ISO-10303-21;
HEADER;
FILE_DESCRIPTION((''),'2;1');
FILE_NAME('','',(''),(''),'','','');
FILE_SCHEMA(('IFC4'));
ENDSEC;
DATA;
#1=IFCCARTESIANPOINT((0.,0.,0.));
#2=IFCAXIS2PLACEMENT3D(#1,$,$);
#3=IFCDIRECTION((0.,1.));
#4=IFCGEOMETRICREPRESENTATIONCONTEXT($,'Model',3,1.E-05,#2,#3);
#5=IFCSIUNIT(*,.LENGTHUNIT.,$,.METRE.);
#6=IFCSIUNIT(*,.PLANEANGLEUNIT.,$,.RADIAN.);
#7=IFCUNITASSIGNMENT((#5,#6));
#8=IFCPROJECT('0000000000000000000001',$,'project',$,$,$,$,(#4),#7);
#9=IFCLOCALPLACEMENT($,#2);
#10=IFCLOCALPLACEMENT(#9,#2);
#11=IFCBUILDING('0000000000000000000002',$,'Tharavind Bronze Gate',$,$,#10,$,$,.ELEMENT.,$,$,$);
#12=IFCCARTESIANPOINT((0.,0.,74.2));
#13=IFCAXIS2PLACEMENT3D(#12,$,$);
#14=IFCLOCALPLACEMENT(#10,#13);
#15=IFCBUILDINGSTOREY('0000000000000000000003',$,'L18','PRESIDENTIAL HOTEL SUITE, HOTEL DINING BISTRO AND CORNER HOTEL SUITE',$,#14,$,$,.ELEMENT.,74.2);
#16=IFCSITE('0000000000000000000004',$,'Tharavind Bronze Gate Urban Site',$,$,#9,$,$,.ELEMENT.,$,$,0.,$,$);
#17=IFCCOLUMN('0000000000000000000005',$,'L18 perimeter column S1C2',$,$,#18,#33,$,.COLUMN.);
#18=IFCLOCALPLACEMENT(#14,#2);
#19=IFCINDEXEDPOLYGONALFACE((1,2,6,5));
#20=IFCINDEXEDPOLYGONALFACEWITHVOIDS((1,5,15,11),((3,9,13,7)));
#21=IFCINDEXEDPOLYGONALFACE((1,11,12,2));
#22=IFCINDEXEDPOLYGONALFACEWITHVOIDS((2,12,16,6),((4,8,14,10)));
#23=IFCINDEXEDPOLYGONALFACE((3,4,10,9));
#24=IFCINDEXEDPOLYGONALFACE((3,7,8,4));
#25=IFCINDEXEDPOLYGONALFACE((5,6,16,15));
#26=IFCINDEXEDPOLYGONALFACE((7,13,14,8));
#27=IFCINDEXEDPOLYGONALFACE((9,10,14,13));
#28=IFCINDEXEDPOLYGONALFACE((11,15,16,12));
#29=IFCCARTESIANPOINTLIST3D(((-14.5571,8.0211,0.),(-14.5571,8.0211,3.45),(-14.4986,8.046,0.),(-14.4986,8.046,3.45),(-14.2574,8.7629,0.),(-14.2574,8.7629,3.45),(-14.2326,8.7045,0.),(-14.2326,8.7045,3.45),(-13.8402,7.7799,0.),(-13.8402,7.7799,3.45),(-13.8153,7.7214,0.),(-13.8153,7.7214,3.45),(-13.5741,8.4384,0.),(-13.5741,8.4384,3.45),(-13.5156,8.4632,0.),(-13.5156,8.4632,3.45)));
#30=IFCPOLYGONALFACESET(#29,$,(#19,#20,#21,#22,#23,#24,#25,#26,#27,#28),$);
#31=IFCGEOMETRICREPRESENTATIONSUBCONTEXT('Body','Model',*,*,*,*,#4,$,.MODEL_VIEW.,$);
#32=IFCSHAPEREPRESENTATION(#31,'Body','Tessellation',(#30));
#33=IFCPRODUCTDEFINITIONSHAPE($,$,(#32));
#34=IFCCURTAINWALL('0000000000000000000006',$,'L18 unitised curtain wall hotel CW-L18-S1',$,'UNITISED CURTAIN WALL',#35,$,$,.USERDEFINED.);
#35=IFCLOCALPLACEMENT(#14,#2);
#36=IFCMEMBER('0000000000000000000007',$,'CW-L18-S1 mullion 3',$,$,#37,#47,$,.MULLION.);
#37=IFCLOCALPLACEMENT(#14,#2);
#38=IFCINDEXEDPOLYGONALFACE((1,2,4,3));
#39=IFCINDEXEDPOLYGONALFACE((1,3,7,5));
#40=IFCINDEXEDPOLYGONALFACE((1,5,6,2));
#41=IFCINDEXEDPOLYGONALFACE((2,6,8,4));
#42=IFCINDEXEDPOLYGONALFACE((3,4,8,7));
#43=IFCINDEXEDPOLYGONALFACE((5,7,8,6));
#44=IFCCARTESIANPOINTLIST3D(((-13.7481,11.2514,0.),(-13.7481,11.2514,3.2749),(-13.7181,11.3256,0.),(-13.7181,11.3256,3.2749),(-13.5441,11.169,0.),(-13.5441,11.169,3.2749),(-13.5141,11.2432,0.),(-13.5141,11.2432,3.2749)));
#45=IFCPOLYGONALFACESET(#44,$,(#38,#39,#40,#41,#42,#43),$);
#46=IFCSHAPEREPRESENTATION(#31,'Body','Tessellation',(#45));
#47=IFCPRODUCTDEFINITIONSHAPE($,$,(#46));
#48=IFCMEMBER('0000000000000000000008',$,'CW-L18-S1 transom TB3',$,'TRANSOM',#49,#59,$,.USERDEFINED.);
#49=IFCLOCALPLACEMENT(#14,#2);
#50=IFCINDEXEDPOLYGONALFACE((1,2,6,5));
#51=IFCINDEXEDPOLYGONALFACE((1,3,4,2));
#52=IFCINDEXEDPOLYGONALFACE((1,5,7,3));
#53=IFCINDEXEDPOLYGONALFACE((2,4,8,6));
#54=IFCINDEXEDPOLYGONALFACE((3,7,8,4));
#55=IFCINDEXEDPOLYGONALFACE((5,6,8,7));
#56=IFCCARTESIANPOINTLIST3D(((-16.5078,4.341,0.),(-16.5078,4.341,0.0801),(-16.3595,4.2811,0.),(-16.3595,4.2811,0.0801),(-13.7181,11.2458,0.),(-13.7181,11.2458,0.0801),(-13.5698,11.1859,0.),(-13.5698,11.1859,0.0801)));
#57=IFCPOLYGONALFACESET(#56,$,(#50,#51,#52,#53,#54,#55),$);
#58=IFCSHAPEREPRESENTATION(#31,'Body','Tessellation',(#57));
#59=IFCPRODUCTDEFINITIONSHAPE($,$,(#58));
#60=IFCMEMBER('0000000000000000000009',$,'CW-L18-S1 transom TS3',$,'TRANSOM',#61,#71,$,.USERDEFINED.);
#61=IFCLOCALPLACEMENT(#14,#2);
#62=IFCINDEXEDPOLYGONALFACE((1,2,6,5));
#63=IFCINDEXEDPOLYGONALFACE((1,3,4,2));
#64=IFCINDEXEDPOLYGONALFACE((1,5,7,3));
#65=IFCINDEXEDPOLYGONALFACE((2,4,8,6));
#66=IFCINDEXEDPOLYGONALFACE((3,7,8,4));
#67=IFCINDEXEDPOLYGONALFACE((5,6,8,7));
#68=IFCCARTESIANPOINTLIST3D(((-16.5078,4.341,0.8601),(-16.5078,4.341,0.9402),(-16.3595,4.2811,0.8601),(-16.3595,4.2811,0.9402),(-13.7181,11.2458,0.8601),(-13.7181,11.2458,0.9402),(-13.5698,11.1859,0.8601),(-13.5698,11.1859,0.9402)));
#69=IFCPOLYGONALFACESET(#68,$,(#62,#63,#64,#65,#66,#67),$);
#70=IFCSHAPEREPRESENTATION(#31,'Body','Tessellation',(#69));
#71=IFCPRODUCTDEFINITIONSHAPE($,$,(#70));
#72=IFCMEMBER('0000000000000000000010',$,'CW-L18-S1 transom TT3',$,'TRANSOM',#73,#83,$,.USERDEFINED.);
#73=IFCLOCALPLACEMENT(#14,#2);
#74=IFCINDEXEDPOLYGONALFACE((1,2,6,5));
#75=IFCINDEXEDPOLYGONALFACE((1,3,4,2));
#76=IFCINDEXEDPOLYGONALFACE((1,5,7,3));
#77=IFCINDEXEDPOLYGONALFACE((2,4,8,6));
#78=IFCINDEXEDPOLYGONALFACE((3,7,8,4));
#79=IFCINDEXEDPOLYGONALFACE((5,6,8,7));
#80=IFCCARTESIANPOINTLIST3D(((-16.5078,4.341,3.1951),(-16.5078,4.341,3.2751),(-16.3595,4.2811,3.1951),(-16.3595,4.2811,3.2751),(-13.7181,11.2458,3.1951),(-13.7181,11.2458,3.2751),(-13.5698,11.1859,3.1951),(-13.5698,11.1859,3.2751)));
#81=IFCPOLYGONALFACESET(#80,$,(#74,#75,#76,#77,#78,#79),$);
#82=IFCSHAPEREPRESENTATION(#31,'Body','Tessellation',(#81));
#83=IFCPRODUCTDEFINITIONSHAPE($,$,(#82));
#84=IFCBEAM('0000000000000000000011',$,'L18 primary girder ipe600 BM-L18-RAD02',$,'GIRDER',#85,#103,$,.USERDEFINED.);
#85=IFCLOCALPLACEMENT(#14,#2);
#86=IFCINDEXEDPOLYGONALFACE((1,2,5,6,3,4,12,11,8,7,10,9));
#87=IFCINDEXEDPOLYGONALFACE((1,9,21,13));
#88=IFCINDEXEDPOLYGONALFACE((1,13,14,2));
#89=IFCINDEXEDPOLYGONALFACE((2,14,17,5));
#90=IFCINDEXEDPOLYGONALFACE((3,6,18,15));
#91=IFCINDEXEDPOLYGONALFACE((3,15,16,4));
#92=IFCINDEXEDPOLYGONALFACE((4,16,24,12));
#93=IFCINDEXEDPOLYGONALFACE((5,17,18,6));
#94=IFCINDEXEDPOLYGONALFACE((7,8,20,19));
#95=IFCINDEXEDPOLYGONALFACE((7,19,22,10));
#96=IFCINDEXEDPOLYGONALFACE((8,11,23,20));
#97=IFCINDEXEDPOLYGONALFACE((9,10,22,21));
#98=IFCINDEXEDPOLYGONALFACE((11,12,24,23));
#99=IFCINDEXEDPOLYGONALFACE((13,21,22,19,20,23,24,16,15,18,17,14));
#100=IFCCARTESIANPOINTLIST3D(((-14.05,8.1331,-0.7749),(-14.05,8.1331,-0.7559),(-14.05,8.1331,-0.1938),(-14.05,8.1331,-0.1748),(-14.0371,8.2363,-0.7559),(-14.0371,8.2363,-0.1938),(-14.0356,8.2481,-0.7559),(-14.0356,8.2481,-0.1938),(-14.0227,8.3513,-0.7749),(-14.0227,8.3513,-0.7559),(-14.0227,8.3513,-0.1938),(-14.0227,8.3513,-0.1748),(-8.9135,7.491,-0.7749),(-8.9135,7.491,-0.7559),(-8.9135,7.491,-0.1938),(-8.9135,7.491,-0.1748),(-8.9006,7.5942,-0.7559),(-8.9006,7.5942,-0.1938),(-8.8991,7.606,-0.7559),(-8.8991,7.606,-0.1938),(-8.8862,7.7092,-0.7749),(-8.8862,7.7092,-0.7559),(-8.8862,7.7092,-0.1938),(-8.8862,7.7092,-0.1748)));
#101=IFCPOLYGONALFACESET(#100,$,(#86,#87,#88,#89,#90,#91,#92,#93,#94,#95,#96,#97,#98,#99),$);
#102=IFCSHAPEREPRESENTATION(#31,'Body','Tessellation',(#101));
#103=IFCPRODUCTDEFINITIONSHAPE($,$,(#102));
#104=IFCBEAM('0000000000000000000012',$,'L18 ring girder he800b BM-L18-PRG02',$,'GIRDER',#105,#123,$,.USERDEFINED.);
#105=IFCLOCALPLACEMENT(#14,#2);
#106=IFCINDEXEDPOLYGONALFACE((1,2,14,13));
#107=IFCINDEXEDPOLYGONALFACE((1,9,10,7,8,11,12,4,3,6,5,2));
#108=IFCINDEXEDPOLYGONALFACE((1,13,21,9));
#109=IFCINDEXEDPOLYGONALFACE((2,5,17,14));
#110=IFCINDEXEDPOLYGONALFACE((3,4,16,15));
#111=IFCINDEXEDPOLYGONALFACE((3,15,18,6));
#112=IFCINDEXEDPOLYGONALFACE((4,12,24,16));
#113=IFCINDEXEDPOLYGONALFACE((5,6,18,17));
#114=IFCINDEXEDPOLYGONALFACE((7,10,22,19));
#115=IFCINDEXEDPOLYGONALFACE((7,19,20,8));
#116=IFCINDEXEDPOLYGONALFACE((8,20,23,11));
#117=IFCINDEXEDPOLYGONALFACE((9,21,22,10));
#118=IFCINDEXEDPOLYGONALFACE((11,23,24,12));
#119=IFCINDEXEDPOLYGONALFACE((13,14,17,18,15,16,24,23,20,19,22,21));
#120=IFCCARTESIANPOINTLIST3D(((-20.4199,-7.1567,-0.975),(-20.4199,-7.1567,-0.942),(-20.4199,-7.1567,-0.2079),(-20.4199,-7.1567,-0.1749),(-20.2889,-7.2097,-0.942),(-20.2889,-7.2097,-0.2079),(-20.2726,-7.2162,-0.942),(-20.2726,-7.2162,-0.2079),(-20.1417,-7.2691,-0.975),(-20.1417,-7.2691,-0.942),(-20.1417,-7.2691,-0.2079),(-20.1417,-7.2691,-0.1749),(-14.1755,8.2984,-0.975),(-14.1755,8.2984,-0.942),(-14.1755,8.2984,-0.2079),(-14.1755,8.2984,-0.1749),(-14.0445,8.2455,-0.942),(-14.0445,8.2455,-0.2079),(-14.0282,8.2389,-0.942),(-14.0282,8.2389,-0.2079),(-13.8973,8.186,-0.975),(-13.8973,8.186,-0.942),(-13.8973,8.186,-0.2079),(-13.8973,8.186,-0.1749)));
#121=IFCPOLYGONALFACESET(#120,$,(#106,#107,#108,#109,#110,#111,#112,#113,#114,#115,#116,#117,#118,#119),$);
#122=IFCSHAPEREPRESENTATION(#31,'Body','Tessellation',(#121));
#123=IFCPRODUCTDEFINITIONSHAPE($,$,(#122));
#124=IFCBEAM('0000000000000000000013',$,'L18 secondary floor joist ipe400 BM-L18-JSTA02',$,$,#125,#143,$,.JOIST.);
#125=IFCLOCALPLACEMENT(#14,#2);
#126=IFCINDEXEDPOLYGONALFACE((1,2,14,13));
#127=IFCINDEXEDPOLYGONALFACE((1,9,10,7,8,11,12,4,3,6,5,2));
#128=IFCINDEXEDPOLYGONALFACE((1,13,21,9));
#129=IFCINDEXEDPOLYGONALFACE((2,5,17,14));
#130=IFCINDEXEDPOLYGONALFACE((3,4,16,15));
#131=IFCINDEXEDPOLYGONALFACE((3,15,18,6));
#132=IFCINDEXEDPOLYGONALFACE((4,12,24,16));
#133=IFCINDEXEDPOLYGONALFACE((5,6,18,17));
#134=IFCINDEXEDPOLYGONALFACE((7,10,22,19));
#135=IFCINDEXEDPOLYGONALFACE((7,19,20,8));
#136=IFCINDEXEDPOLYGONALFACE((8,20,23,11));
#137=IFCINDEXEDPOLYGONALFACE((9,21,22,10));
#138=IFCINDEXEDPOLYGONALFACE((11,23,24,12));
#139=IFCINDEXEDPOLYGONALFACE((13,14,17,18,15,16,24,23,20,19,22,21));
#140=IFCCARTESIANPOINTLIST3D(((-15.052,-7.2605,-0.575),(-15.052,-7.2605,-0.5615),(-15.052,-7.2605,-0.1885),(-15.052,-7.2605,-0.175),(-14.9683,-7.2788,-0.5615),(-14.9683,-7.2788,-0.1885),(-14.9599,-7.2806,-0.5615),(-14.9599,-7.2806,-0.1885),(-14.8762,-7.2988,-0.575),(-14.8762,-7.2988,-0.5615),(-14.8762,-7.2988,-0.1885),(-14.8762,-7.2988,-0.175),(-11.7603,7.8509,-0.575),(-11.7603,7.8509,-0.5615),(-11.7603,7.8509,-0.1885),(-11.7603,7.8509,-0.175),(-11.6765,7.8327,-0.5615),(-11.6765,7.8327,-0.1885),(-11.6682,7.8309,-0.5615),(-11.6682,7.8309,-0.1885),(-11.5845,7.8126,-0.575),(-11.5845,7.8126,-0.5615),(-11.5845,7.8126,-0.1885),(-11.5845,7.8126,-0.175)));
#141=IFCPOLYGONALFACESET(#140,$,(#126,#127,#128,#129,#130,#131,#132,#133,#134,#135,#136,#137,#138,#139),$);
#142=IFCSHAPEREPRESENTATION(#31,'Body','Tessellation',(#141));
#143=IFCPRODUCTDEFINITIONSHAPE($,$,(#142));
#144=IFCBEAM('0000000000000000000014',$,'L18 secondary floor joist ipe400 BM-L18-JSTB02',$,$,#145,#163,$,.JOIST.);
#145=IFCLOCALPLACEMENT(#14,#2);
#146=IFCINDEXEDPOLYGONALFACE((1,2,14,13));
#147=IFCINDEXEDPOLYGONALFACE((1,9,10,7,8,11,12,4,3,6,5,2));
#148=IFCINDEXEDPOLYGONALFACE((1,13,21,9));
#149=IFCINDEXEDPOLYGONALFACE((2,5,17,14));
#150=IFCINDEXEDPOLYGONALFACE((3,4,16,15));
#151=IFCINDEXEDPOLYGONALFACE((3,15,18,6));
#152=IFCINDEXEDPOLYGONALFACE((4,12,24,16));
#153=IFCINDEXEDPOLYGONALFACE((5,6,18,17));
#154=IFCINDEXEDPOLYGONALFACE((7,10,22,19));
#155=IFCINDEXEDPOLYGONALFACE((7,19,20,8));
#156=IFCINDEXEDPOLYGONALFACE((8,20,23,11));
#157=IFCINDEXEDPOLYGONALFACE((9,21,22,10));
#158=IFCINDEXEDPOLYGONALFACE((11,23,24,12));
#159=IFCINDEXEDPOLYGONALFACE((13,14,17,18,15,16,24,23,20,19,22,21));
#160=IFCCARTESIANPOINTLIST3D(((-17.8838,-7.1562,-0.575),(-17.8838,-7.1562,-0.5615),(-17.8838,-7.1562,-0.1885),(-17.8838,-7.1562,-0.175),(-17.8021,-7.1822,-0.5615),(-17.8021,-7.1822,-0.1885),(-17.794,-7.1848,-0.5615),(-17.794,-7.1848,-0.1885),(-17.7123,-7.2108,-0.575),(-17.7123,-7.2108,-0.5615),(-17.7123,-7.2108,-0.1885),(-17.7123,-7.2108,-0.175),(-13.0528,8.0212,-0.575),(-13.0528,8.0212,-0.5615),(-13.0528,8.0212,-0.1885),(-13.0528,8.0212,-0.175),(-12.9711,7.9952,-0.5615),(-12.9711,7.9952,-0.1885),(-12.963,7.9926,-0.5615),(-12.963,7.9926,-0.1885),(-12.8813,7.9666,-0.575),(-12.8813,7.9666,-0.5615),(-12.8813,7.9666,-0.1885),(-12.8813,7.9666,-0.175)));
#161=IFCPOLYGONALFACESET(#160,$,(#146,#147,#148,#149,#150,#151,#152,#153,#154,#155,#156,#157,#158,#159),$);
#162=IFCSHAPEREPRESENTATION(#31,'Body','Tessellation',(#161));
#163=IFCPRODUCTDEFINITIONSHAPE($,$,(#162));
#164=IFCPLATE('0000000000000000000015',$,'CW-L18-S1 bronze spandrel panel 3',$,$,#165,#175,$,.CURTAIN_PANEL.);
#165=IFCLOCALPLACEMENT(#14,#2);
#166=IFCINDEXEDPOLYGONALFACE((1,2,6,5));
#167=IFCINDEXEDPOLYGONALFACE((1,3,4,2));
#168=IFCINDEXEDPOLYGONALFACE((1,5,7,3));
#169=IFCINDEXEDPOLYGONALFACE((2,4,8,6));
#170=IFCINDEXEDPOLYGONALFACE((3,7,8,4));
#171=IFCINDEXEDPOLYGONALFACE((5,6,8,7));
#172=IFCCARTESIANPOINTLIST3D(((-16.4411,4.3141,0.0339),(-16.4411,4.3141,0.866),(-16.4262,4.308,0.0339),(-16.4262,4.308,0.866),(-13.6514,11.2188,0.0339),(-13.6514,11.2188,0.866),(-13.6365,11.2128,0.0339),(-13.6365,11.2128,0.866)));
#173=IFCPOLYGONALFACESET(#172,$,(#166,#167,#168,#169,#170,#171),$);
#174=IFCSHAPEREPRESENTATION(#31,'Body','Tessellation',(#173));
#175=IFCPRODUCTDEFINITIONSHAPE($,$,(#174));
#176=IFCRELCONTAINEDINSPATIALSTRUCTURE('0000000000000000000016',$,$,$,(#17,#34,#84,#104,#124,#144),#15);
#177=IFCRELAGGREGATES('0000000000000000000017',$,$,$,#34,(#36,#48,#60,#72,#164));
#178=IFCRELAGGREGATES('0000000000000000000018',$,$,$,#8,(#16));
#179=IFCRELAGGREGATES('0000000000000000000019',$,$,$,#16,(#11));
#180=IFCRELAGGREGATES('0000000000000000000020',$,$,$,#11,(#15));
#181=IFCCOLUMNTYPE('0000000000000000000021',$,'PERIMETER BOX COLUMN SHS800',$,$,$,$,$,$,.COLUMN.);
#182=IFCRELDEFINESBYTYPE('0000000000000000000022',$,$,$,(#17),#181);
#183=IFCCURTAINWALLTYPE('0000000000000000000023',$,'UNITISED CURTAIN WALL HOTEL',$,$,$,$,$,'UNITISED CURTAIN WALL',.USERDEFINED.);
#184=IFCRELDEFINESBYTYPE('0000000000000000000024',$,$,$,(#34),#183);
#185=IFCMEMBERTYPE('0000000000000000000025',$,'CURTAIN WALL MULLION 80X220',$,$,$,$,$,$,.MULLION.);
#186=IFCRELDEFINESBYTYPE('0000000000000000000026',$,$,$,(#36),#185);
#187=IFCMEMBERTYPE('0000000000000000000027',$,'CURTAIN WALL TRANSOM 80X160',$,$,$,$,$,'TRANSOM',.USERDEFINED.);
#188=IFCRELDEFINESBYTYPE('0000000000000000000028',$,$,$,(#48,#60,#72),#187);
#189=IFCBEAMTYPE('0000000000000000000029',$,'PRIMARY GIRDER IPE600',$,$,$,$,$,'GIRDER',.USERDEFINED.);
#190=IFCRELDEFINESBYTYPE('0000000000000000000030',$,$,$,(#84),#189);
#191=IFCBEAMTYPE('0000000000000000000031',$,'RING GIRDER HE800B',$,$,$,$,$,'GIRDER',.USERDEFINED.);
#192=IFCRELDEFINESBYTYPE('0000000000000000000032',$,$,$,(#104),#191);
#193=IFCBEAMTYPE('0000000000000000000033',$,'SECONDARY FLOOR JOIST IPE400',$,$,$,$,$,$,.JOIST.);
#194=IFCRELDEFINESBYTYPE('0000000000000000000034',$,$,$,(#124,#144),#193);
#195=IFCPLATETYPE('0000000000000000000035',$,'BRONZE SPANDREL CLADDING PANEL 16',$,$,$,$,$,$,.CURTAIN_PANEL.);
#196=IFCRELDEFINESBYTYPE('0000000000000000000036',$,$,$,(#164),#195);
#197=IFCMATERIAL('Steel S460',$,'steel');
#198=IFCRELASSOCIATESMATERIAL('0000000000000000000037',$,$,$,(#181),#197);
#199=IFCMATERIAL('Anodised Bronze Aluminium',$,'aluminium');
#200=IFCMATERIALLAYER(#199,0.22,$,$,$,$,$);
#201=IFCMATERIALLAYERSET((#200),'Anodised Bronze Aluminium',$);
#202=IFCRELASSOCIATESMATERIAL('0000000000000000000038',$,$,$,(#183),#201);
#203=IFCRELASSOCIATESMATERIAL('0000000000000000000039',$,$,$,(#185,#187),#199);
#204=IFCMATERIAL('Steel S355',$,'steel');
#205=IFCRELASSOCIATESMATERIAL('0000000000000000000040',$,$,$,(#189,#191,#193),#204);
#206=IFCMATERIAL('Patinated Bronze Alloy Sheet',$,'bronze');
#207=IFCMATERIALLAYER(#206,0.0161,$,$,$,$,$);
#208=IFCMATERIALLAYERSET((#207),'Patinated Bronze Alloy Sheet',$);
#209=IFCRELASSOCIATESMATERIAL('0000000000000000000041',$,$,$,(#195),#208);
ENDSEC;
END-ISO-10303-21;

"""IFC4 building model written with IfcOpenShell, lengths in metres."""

from ifc_helpers import new_model, si_unit, direction, frame, origin, origin_2d, place, context, subcontext, project, spatial, rectangle, hollow_rectangle, i_section, extrude, material, layer, layer_set, material_profile, profile_set, type_object, element, aggregate, save


model = new_model("IFC4")

# Units and contexts
model_context = context("Model", 3, precision=1e-05, world=origin(), true_north=direction((0.0, 1.0)))
body_context = subcontext(model_context, "Body", "Model", "MODEL_VIEW")
ifc_project = project(units=[si_unit("LENGTHUNIT", "METRE"), si_unit("PLANEANGLEUNIT", "RADIAN")], contexts=[model_context])

# Site, building, storey
site_placement = place(None, origin())
site = spatial("IfcSite", under=ifc_project, at=site_placement, Name="Tharavind Bronze Gate Urban Site", CompositionType="ELEMENT", RefElevation=0.0)
building_placement = place(site_placement, origin())
building = spatial("IfcBuilding", under=site, at=building_placement, Name="Tharavind Bronze Gate", CompositionType="ELEMENT")
storey_placement = place(building_placement, frame((0.0, 0.0, 74.2)))
storey = spatial("IfcBuildingStorey", under=building, at=storey_placement, Name="L18", Description="PRESIDENTIAL HOTEL SUITE, HOTEL DINING BISTRO AND CORNER HOTEL SUITE", CompositionType="ELEMENT", Elevation=74.2)

# Column
ifc_material_1 = material(Name="Steel S460", Category="steel")
ifc_material_profile_1 = material_profile(ifc_material_1, hollow_rectangle(XDim=0.8, YDim=0.8, WallThickness=0.0449, at=origin_2d()), Name="SHS800X45")
ifc_profile_set_1 = profile_set([ifc_material_profile_1], Name="Steel S460")
column_type = type_object("IfcColumnType", Name="PERIMETER BOX COLUMN SHS800", PredefinedType="COLUMN", material=ifc_profile_set_1)
column_placement = place(storey_placement, frame((-14.0364, 8.2422, 0.0), z_axis=(0.0, 0.0, 1.0), x_axis=(0.374608, 0.927183, 0.0)))
element("IfcColumn", 1, at=column_placement, inside=storey, type_object=column_type, Name="L18 perimeter column S1C2", PredefinedType="COLUMN", context=body_context, shape_type="SweptSolid", body=[
    extrude(hollow_rectangle(XDim=0.8, YDim=0.8, WallThickness=0.0449, at=origin_2d()), origin(), (0.0, 0.0, 1.0), 3.45),
])

# Curtain wall, members
ifc_material_2 = material(Name="Anodised Bronze Aluminium", Category="aluminium")
ifc_layer_1 = layer(ifc_material_2, 0.22)
ifc_layer_set_1 = layer_set([ifc_layer_1], Name="Anodised Bronze Aluminium")
curtain_wall_type = type_object("IfcCurtainWallType", Name="UNITISED CURTAIN WALL HOTEL", ElementType="UNITISED CURTAIN WALL", PredefinedType="USERDEFINED", material=ifc_layer_set_1)
curtain_wall_placement = place(storey_placement, origin())
curtain_wall = element("IfcCurtainWall", 2, at=curtain_wall_placement, inside=storey, type_object=curtain_wall_type, Name="L18 unitised curtain wall hotel CW-L18-S1", ObjectType="UNITISED CURTAIN WALL", PredefinedType="USERDEFINED")
member_type_1 = type_object("IfcMemberType", Name="CURTAIN WALL MULLION 80X220", PredefinedType="MULLION", material=ifc_material_2)
member_1_placement = place(storey_placement, frame((-13.6311, 11.2473, 0.0), z_axis=(0.0, 0.0, 1.0), x_axis=(-0.374607, -0.927184, 0.0)))
member_1 = element("IfcMember", 3, at=member_1_placement, type_object=member_type_1, Name="CW-L18-S1 mullion 3", PredefinedType="MULLION", context=body_context, shape_type="SweptSolid", body=[
    extrude(rectangle(XDim=0.0801, YDim=0.22, at=origin_2d()), origin(), (0.0, 0.0, 1.0), 3.2749),
])
member_type_2 = type_object("IfcMemberType", Name="CURTAIN WALL TRANSOM 80X160", ElementType="TRANSOM", PredefinedType="USERDEFINED", material=ifc_material_2)
member_2_placement = place(storey_placement, frame((-15.0388, 7.7634, 0.0), z_axis=(0.0, 0.0, 1.0), x_axis=(-0.374607, -0.927184, 0.0)))
member_2 = element("IfcMember", 4, at=member_2_placement, type_object=member_type_2, Name="CW-L18-S1 transom TB3", ObjectType="TRANSOM", PredefinedType="USERDEFINED", context=body_context, shape_type="SweptSolid", body=[
    extrude(rectangle(XDim=7.447, YDim=0.1599, at=origin_2d()), origin(), (0.0, 0.0, 1.0), 0.0801),
])
member_3_placement = place(storey_placement, frame((-15.0388, 7.7634, 0.8601), z_axis=(0.0, 0.0, 1.0), x_axis=(-0.374607, -0.927184, 0.0)))
member_3 = element("IfcMember", 5, at=member_3_placement, type_object=member_type_2, Name="CW-L18-S1 transom TS3", ObjectType="TRANSOM", PredefinedType="USERDEFINED", context=body_context, shape_type="SweptSolid", body=[
    extrude(rectangle(XDim=7.447, YDim=0.1599, at=origin_2d()), origin(), (0.0, 0.0, 1.0), 0.0801),
])
member_4_placement = place(storey_placement, frame((-15.0388, 7.7634, 3.1951), z_axis=(0.0, 0.0, 1.0), x_axis=(-0.374607, -0.927184, 0.0)))
member_4 = element("IfcMember", 6, at=member_4_placement, type_object=member_type_2, Name="CW-L18-S1 transom TT3", ObjectType="TRANSOM", PredefinedType="USERDEFINED", context=body_context, shape_type="SweptSolid", body=[
    extrude(rectangle(XDim=7.447, YDim=0.1599, at=origin_2d()), origin(), (0.0, 0.0, 1.0), 0.0801),
])

# Beams
ifc_material_3 = material(Name="Steel S355", Category="steel")
ifc_material_profile_2 = material_profile(ifc_material_3, i_section(OverallWidth=0.22, OverallDepth=0.6001, WebThickness=0.012, FlangeThickness=0.019, at=origin_2d()), Name="IPE600")
ifc_profile_set_2 = profile_set([ifc_material_profile_2], Name="Steel S355")
beam_type_1 = type_object("IfcBeamType", Name="PRIMARY GIRDER IPE600", ElementType="GIRDER", PredefinedType="USERDEFINED", material=ifc_profile_set_2)
beam_1_placement = place(storey_placement, frame((-14.0364, 8.2422, -0.4749), z_axis=(0.992277, -0.124041, 0.0), x_axis=(0.124041, 0.992277, 0.0)))
element("IfcBeam", 7, at=beam_1_placement, inside=storey, type_object=beam_type_1, Name="L18 primary girder ipe600 BM-L18-RAD02", ObjectType="GIRDER", PredefinedType="USERDEFINED", context=body_context, shape_type="SweptSolid", body=[
    extrude(i_section(OverallWidth=0.22, OverallDepth=0.6001, WebThickness=0.012, FlangeThickness=0.019, at=origin_2d()), origin(), (0.0, 0.0, 1.0), 5.1765),
])
ifc_material_profile_3 = material_profile(ifc_material_3, i_section(OverallWidth=0.3, OverallDepth=0.8, WebThickness=0.0176, FlangeThickness=0.033, at=origin_2d()), Name="HE800B")
ifc_profile_set_3 = profile_set([ifc_material_profile_3], Name="Steel S355")
beam_type_2 = type_object("IfcBeamType", Name="RING GIRDER HE800B", ElementType="GIRDER", PredefinedType="USERDEFINED", material=ifc_profile_set_3)
beam_2_placement = place(storey_placement, frame((-14.0364, 8.2422, -0.575), z_axis=(-0.374613, -0.927181, 0.0), x_axis=(0.927181, -0.374613, 0.0)))
element("IfcBeam", 8, at=beam_2_placement, inside=storey, type_object=beam_type_2, Name="L18 ring girder he800b BM-L18-PRG02", ObjectType="GIRDER", PredefinedType="USERDEFINED", context=body_context, shape_type="SweptSolid", body=[
    extrude(i_section(OverallWidth=0.3, OverallDepth=0.8, WebThickness=0.0176, FlangeThickness=0.033, at=origin_2d()), origin(), (0.0, 0.0, 1.0), 16.6689),
])
ifc_material_profile_4 = material_profile(ifc_material_3, i_section(OverallWidth=0.1799, OverallDepth=0.3999, WebThickness=0.0085, FlangeThickness=0.0134, at=origin_2d()), Name="IPE400")
ifc_profile_set_4 = profile_set([ifc_material_profile_4], Name="Steel S355")
beam_type_3 = type_object("IfcBeamType", Name="SECONDARY FLOOR JOIST IPE400", PredefinedType="JOIST", material=ifc_profile_set_4)
beam_3_placement = place(storey_placement, frame((-11.6724, 7.8318, -0.375), z_axis=(-0.212839, -0.977087, 0.0), x_axis=(0.977087, -0.212839, 0.0)))
element("IfcBeam", 9, at=beam_3_placement, inside=storey, type_object=beam_type_3, Name="L18 secondary floor joist ipe400 BM-L18-JSTA02", PredefinedType="JOIST", context=body_context, shape_type="SweptSolid", body=[
    extrude(i_section(OverallWidth=0.1799, OverallDepth=0.3999, WebThickness=0.0085, FlangeThickness=0.0134, at=origin_2d()), origin(), (0.0, 0.0, 1.0), 15.4658),
])
beam_4_placement = place(storey_placement, frame((-12.967, 7.9939, -0.375), z_axis=(-0.303309, -0.952892, 0.0), x_axis=(0.952892, -0.303309, 0.0)))
element("IfcBeam", 10, at=beam_4_placement, inside=storey, type_object=beam_type_3, Name="L18 secondary floor joist ipe400 BM-L18-JSTB02", PredefinedType="JOIST", context=body_context, shape_type="SweptSolid", body=[
    extrude(i_section(OverallWidth=0.1799, OverallDepth=0.3999, WebThickness=0.0085, FlangeThickness=0.0134, at=origin_2d()), origin(), (0.0, 0.0, 1.0), 15.9277),
])

# Plate
ifc_material_4 = material(Name="Patinated Bronze Alloy Sheet", Category="bronze")
ifc_layer_2 = layer(ifc_material_4, 0.0161)
ifc_layer_set_2 = layer_set([ifc_layer_2], Name="Patinated Bronze Alloy Sheet")
plate_type_1 = type_object("IfcPlateType", Name="BRONZE SPANDREL CLADDING PANEL 16", PredefinedType="CURTAIN_PANEL", material=ifc_layer_set_2)
plate_1_placement = place(storey_placement, frame((-15.0388, 7.7634, 0.0339), z_axis=(0.0, 0.0, 1.0), x_axis=(-0.374607, -0.927184, 0.0)))
plate_1 = element("IfcPlate", 11, at=plate_1_placement, type_object=plate_type_1, Name="CW-L18-S1 bronze spandrel panel 3", PredefinedType="CURTAIN_PANEL", context=body_context, shape_type="SweptSolid", body=[
    extrude(rectangle(XDim=7.447, YDim=0.0161, at=origin_2d()), origin(), (0.0, 0.0, 1.0), 0.832),
])
aggregate(curtain_wall, [member_1, member_2, member_3, member_4, plate_1])

save(model, "model.ifc")
